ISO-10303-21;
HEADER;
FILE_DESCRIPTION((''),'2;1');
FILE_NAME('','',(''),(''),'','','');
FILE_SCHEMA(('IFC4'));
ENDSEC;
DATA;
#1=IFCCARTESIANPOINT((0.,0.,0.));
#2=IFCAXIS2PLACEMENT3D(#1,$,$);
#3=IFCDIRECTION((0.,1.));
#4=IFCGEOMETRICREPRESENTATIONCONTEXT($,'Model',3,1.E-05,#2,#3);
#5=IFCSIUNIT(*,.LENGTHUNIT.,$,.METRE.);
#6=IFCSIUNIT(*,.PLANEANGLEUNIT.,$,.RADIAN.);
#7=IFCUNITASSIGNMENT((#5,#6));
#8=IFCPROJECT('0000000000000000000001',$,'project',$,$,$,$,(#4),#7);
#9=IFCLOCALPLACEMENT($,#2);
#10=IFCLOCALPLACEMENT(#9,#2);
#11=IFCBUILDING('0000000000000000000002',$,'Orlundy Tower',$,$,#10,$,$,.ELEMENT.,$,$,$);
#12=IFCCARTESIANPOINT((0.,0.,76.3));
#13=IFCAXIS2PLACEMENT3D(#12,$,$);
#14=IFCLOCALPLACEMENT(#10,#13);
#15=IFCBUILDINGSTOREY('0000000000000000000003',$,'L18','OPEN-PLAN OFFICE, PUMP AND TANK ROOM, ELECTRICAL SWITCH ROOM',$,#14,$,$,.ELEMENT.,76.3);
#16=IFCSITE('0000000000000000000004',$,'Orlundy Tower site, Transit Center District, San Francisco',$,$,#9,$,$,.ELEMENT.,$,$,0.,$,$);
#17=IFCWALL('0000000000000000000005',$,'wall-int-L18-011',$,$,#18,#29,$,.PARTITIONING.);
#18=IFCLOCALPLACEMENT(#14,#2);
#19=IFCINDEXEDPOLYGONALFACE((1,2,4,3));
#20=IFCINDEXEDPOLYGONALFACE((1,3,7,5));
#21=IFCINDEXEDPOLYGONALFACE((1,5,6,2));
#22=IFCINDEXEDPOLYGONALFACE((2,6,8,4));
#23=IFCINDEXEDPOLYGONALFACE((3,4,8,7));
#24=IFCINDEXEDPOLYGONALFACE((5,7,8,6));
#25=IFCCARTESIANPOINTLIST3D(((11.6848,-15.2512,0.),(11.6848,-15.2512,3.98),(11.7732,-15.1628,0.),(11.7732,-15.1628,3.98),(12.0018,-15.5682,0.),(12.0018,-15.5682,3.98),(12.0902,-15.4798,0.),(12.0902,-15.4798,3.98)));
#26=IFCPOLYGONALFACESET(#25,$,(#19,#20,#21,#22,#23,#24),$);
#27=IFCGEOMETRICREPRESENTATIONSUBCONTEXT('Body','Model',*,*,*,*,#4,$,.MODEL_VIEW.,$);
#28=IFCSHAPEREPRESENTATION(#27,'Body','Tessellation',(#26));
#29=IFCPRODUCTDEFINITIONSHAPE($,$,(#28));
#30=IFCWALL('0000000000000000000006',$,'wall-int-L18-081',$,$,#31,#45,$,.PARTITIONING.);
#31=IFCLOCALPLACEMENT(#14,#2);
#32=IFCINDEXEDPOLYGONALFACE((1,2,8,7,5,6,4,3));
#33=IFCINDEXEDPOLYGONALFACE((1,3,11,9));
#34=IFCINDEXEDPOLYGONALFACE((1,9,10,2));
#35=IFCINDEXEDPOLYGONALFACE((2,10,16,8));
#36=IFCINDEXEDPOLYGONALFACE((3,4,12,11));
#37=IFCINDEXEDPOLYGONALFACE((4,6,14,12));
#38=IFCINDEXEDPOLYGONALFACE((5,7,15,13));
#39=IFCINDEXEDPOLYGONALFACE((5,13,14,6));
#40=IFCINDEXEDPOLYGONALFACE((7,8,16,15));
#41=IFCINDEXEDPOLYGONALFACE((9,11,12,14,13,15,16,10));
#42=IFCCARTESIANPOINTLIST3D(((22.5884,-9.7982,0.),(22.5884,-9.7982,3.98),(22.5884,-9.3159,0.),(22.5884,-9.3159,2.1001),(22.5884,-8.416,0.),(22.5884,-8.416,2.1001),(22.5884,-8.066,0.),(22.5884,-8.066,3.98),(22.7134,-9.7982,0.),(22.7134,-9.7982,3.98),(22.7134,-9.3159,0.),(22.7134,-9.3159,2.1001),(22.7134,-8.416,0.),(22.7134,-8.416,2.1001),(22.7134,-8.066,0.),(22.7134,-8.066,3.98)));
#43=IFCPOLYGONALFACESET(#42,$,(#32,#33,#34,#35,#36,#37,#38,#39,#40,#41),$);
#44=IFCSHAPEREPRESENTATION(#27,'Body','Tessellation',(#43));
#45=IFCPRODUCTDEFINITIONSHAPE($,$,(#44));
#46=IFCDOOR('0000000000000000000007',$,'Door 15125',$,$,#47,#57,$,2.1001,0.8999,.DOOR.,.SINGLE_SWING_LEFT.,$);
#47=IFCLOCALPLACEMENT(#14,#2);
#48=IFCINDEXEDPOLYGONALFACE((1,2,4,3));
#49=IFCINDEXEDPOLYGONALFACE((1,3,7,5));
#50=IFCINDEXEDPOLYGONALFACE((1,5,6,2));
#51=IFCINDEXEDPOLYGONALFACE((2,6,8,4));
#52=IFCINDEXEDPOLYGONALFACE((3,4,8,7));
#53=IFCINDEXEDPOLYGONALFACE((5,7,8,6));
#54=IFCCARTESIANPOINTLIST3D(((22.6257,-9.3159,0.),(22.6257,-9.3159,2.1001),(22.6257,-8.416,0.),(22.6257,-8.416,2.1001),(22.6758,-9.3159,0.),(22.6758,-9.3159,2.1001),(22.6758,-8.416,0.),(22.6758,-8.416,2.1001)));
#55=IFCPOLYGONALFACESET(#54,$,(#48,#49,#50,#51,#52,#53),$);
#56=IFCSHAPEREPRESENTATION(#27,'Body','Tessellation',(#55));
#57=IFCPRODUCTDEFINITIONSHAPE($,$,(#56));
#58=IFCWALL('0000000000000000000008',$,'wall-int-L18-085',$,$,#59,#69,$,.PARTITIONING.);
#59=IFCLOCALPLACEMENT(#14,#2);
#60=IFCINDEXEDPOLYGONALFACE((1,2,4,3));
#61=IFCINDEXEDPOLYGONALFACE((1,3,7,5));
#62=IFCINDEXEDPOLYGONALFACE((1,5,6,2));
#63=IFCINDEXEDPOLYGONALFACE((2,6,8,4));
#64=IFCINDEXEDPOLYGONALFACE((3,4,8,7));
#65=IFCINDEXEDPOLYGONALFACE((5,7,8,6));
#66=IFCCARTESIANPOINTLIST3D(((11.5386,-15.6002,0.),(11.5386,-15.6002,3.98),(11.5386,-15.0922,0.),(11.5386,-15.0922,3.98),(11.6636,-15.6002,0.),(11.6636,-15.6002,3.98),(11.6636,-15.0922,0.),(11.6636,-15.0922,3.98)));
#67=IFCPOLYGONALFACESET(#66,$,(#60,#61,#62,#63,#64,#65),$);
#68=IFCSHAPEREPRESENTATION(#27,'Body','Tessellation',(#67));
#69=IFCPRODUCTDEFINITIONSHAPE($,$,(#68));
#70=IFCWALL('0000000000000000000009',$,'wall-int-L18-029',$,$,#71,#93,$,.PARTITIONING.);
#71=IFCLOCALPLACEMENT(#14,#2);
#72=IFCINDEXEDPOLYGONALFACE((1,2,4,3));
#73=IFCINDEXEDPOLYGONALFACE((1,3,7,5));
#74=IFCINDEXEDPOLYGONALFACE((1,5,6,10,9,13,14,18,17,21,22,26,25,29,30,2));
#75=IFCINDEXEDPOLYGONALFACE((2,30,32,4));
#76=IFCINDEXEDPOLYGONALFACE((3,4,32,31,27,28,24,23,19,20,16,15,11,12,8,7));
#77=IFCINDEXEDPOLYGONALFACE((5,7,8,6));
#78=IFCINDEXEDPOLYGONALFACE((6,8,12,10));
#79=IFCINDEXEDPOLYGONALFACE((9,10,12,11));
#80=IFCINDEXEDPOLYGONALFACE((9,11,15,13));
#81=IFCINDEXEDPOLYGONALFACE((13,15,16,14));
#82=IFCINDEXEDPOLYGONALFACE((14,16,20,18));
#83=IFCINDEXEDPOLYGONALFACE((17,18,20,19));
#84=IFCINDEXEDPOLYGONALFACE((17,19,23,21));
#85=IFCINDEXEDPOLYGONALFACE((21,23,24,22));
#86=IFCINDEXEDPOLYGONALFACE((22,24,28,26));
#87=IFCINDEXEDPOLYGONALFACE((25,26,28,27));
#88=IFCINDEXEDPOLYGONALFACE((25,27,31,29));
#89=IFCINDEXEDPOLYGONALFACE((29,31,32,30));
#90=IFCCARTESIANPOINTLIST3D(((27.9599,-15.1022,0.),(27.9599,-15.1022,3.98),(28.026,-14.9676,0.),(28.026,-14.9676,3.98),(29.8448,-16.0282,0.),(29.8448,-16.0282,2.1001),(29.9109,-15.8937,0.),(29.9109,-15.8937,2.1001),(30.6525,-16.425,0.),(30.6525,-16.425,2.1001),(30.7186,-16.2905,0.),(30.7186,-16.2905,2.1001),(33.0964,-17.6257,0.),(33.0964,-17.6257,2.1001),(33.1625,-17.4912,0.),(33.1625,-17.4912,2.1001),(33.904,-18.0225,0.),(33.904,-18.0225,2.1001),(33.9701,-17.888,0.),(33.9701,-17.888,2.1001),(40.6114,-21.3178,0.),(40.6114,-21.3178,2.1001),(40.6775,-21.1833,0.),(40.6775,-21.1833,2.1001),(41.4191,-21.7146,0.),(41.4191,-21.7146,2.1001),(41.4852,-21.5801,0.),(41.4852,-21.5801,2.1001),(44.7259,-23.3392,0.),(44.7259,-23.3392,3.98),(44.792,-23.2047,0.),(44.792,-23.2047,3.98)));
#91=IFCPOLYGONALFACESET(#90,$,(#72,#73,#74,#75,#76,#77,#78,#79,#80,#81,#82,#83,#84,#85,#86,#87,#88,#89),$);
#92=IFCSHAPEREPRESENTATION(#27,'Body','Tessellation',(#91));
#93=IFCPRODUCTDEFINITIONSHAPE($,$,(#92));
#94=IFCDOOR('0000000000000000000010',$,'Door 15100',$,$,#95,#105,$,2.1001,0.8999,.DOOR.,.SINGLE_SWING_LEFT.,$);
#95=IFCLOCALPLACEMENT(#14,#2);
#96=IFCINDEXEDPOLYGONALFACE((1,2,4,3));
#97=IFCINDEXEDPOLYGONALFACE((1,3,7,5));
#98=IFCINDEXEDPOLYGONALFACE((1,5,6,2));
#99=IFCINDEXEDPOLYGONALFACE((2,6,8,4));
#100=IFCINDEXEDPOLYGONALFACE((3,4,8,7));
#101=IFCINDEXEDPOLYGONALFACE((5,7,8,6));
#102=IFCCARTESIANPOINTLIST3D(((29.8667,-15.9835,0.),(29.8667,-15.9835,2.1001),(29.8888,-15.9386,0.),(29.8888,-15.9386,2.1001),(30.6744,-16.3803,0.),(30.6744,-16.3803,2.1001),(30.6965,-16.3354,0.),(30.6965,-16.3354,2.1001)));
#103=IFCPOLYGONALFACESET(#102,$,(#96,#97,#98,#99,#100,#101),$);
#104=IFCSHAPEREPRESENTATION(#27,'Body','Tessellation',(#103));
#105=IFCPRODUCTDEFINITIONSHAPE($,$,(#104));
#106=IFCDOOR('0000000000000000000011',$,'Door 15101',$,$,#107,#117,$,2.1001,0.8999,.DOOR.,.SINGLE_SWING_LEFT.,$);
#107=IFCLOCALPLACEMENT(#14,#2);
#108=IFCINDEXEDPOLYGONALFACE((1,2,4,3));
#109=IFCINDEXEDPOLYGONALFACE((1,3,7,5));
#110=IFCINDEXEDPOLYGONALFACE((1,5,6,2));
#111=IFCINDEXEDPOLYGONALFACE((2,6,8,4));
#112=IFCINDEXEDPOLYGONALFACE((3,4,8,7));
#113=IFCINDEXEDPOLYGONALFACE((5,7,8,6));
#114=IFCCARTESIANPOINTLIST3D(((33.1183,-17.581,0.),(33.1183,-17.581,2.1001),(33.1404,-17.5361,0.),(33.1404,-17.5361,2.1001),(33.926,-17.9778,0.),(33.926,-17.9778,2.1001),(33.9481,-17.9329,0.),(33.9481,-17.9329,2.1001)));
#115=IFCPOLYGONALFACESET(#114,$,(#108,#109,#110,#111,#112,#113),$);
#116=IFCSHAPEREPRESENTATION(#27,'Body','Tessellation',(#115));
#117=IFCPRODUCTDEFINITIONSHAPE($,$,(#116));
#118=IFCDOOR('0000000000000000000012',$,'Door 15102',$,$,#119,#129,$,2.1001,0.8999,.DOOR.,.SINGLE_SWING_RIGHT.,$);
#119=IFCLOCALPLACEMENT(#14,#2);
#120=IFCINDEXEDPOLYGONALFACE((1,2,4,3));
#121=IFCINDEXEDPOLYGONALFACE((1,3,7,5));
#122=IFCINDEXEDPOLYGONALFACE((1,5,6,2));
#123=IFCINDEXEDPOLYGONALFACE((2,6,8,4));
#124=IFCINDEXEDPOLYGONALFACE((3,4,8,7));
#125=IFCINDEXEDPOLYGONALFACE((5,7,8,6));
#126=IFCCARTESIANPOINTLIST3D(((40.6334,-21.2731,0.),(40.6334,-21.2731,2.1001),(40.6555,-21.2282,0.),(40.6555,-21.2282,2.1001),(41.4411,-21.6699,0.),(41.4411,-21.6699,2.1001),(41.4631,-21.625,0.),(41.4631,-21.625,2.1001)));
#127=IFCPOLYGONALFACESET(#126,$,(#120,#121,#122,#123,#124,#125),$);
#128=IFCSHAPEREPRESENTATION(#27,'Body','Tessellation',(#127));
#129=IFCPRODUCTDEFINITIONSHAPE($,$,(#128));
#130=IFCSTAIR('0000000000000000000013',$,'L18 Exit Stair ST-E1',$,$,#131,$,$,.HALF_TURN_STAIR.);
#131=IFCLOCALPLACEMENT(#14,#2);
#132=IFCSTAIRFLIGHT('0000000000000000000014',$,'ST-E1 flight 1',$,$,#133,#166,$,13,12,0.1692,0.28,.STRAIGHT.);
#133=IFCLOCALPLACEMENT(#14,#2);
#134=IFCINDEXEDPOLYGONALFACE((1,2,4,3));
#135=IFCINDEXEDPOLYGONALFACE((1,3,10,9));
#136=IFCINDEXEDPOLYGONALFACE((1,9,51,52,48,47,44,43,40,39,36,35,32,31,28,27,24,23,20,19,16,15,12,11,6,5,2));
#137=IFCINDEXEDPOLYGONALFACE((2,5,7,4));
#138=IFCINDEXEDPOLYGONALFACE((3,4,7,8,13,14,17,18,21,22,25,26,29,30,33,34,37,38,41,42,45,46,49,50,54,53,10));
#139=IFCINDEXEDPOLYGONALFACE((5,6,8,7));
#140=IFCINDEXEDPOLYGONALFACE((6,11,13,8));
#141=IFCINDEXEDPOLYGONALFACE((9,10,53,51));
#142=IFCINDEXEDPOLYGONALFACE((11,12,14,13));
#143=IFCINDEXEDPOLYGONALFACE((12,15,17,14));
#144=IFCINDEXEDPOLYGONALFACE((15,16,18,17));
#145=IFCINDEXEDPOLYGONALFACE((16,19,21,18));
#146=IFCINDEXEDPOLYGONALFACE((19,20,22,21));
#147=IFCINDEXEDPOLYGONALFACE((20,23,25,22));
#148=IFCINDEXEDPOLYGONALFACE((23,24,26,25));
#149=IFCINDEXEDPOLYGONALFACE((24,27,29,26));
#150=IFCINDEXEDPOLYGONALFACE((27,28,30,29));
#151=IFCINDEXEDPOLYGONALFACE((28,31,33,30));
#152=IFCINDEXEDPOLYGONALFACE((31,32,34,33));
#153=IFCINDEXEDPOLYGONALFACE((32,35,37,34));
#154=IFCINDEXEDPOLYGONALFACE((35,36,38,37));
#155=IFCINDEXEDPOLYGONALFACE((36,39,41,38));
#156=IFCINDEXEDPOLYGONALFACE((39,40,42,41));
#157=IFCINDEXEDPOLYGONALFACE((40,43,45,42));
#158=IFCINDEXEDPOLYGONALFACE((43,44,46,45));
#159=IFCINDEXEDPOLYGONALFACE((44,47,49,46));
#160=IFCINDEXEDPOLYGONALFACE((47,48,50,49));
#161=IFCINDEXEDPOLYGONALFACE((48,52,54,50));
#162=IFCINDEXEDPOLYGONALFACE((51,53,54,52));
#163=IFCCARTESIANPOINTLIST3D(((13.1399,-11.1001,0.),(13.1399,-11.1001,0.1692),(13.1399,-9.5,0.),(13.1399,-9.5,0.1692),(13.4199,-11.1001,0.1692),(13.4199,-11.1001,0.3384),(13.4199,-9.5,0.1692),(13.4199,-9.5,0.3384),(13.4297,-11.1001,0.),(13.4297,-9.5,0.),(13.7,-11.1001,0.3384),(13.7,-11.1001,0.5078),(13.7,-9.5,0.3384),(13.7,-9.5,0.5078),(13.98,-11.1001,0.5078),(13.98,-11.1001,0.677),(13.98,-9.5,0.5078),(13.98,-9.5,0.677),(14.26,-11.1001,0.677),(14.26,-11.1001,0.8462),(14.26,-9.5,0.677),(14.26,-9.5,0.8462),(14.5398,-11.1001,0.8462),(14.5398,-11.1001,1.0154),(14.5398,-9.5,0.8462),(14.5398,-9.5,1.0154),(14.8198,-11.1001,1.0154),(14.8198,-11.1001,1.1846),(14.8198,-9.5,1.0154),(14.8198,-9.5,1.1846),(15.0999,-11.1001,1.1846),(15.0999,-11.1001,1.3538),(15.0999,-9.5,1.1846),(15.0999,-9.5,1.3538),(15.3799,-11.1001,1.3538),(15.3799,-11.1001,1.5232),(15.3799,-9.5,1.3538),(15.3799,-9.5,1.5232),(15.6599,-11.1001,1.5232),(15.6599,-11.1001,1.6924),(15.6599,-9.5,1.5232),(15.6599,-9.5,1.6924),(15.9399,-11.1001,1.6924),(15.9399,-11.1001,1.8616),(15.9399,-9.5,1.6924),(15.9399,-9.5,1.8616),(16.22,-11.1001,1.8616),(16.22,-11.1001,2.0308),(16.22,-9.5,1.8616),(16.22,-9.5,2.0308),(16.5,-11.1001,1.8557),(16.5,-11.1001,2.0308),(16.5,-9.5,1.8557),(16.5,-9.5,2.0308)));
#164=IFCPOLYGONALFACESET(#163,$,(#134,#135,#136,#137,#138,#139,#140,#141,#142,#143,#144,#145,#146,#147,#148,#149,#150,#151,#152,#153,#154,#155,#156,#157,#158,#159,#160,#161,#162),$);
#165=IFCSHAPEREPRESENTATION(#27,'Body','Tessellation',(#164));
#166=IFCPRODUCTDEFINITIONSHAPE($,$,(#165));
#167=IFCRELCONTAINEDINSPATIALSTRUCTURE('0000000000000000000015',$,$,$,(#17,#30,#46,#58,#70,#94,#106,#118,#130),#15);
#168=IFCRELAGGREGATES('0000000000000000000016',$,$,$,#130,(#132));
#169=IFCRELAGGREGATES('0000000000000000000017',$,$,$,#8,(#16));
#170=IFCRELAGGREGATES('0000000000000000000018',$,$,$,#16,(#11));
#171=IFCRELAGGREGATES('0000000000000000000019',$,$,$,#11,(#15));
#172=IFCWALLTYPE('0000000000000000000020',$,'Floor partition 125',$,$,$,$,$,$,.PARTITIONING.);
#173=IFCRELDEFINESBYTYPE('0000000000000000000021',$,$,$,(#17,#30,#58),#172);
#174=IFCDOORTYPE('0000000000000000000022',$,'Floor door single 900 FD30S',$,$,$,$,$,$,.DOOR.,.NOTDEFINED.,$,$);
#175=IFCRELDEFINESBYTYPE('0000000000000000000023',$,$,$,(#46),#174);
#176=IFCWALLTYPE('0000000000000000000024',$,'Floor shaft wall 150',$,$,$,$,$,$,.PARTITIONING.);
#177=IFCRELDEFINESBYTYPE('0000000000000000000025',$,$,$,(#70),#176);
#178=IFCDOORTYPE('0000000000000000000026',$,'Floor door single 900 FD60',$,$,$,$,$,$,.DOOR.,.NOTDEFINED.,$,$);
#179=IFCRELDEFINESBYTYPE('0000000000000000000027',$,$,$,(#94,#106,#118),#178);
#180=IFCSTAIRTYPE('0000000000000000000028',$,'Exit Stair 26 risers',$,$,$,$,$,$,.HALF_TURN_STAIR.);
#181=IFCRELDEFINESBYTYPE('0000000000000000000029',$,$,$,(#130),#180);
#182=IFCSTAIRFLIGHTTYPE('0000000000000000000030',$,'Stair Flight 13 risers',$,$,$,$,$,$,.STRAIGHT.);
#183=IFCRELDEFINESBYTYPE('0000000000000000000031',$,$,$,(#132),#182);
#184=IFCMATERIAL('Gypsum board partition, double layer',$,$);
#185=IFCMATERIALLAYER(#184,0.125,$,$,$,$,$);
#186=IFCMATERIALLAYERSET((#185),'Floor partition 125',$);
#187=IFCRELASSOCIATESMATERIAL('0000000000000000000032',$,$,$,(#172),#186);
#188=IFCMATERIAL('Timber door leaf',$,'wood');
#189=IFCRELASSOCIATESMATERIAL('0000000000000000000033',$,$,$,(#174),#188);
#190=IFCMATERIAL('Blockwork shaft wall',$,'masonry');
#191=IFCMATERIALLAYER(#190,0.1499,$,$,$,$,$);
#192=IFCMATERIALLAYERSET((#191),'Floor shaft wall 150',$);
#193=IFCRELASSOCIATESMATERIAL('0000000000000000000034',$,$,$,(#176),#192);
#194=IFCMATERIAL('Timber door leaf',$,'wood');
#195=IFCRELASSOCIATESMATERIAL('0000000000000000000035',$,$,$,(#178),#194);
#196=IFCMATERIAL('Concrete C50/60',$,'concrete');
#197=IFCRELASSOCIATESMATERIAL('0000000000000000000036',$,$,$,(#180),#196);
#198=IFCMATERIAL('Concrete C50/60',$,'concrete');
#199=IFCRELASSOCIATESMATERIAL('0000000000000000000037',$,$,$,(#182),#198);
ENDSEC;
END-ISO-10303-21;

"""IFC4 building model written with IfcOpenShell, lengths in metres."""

from ifc_helpers import new_model, si_unit, direction, frame, frame_2d, origin, place, context, subcontext, project, spatial, polyline, rectangle, outline, extrude, material, layer, layer_set, type_object, element, fill, aggregate, save


model = new_model("IFC4")

# Units and contexts
model_context = context("Model", 3, precision=1e-05, world=origin(), true_north=direction((0.0, 1.0)))
body_context = subcontext(model_context, "Body", "Model", "MODEL_VIEW")
ifc_project = project(units=[si_unit("LENGTHUNIT", "METRE"), si_unit("PLANEANGLEUNIT", "RADIAN")], contexts=[model_context])

# Site, building, storey
site_placement = place(None, origin())
site = spatial("IfcSite", under=ifc_project, at=site_placement, Name="Orlundy Tower site, Transit Center District, San Francisco", CompositionType="ELEMENT", RefElevation=0.0)
building_placement = place(site_placement, origin())
building = spatial("IfcBuilding", under=site, at=building_placement, Name="Orlundy Tower", CompositionType="ELEMENT")
storey_placement = place(building_placement, frame((0.0, 0.0, 76.3)))
storey = spatial("IfcBuildingStorey", under=building, at=storey_placement, Name="L18", Description="OPEN-PLAN OFFICE, PUMP AND TANK ROOM, ELECTRICAL SWITCH ROOM", CompositionType="ELEMENT", Elevation=76.3)

# Wall
ifc_material_1 = material(Name="Gypsum board partition, double layer")
ifc_layer_1 = layer(ifc_material_1, 0.125)
ifc_layer_set_1 = layer_set([ifc_layer_1], Name="Floor partition 125")
wall_type_1 = type_object("IfcWallType", Name="Floor partition 125", PredefinedType="PARTITIONING", material=ifc_layer_set_1)
wall_1_placement = place(storey_placement, frame((11.729, -15.207, 0.0), z_axis=(0.0, 0.0, 1.0), x_axis=(0.707107, -0.707107, 0.0)))
element("IfcWall", 1, at=wall_1_placement, inside=storey, type_object=wall_type_1, Name="wall-int-L18-011", PredefinedType="PARTITIONING", context=body_context, shape_type="SweptSolid", body=[
    extrude(rectangle(XDim=0.4482, YDim=0.125, at=frame_2d((0.2241, 0.0))), origin(), (0.0, 0.0, 1.0), 3.98),
])

# Wall, opening, door
wall_2_placement = place(storey_placement, frame((22.6509, -8.0659, 0.0), z_axis=(0.0, 0.0, 1.0), x_axis=(0.0, -1.0, 0.0)))
wall_2 = element("IfcWall", 2, at=wall_2_placement, inside=storey, type_object=wall_type_1, Name="wall-int-L18-081", PredefinedType="PARTITIONING", context=body_context, shape_type="SweptSolid", body=[
    extrude(rectangle(XDim=1.7322, YDim=0.125, at=frame_2d((0.8662, 0.0))), origin(), (0.0, 0.0, 1.0), 3.98),
])
opening_1_placement = place(wall_2_placement, frame((0.3501, 0.0, 0.0)))
opening_1 = element("IfcOpeningElement", 3, at=opening_1_placement, cuts=wall_2, PredefinedType="OPENING", context=body_context, shape_type="SweptSolid", body=[
    extrude(rectangle(XDim=0.8999, YDim=2.1001, at=frame_2d((0.45, 1.05))), frame((0.0, 0.0725, 0.0), z_axis=(0.0, -1.0, 0.0), x_axis=(1.0, 0.0, 0.0)), (0.0, 0.0, 1.0), 0.145),
])
ifc_material_2 = material(Name="Timber door leaf", Category="wood")
door_type_1 = type_object("IfcDoorType", Name="Floor door single 900 FD30S", OperationType="NOTDEFINED", PredefinedType="DOOR", material=ifc_material_2)
door_1_placement = place(opening_1_placement, origin())
door_1 = element("IfcDoor", 4, at=door_1_placement, inside=storey, type_object=door_type_1, Name="Door 15125", OperationType="SINGLE_SWING_LEFT", OverallHeight=2.1001, OverallWidth=0.8999, PredefinedType="DOOR", context=body_context, shape_type="SweptSolid", body=[
    extrude(rectangle(XDim=0.8999, YDim=2.1001, at=frame_2d((0.45, 1.05))), frame((0.0, 0.0249, 0.0), z_axis=(0.0, -1.0, 0.0), x_axis=(1.0, 0.0, 0.0)), (0.0, 0.0, 1.0), 0.05),
])
fill(opening_1, door_1)

# Wall
wall_3_placement = place(storey_placement, frame((11.6011, -15.6001, 0.0), z_axis=(0.0, 0.0, 1.0), x_axis=(0.0, 1.0, 0.0)))
element("IfcWall", 5, at=wall_3_placement, inside=storey, type_object=wall_type_1, Name="wall-int-L18-085", PredefinedType="PARTITIONING", context=body_context, shape_type="SweptSolid", body=[
    extrude(rectangle(XDim=0.5081, YDim=0.125, at=frame_2d((0.2539, 0.0))), origin(), (0.0, 0.0, 1.0), 3.98),
])

# Wall, openings, doors
ifc_material_3 = material(Name="Blockwork shaft wall", Category="masonry")
ifc_layer_2 = layer(ifc_material_3, 0.1499)
ifc_layer_set_2 = layer_set([ifc_layer_2], Name="Floor shaft wall 150")
wall_type_2 = type_object("IfcWallType", Name="Floor shaft wall 150", PredefinedType="PARTITIONING", material=ifc_layer_set_2)
wall_4_placement = place(storey_placement, frame((27.9929, -15.0349, 0.0), z_axis=(0.0, 0.0, 1.0), x_axis=(0.897532, -0.44095, 0.0)))
wall_4 = element("IfcWall", 6, at=wall_4_placement, inside=storey, type_object=wall_type_2, Name="wall-int-L18-029", PredefinedType="PARTITIONING", context=body_context, shape_type="SweptSolid", body=[
    extrude(rectangle(XDim=18.6802, YDim=0.1499, at=frame_2d((9.3401, 0.0))), origin(), (0.0, 0.0, 1.0), 3.98),
])
opening_2_placement = place(wall_4_placement, frame((2.1001, 0.0, 0.0)))
opening_2 = element("IfcOpeningElement", 7, at=opening_2_placement, cuts=wall_4, PredefinedType="OPENING", context=body_context, shape_type="SweptSolid", body=[
    extrude(rectangle(XDim=0.8999, YDim=2.1001, at=frame_2d((0.45, 1.05))), frame((0.0, 0.085, 0.0), z_axis=(0.0, -1.0, 0.0), x_axis=(1.0, 0.0, 0.0)), (0.0, 0.0, 1.0), 0.1699),
])
opening_3_placement = place(wall_4_placement, frame((5.7229, 0.0, 0.0)))
opening_3 = element("IfcOpeningElement", 8, at=opening_3_placement, cuts=wall_4, PredefinedType="OPENING", context=body_context, shape_type="SweptSolid", body=[
    extrude(rectangle(XDim=0.8999, YDim=2.1001, at=frame_2d((0.45, 1.05))), frame((0.0, 0.085, 0.0), z_axis=(0.0, -1.0, 0.0), x_axis=(1.0, 0.0, 0.0)), (0.0, 0.0, 1.0), 0.1699),
])
opening_4_placement = place(wall_4_placement, frame((14.0959, 0.0, 0.0)))
opening_4 = element("IfcOpeningElement", 9, at=opening_4_placement, cuts=wall_4, PredefinedType="OPENING", context=body_context, shape_type="SweptSolid", body=[
    extrude(rectangle(XDim=0.8999, YDim=2.1001, at=frame_2d((0.45, 1.05))), frame((0.0, 0.085, 0.0), z_axis=(0.0, -1.0, 0.0), x_axis=(1.0, 0.0, 0.0)), (0.0, 0.0, 1.0), 0.1699),
])
ifc_material_4 = material(Name="Timber door leaf", Category="wood")
door_type_2 = type_object("IfcDoorType", Name="Floor door single 900 FD60", OperationType="NOTDEFINED", PredefinedType="DOOR", material=ifc_material_4)
door_2_placement = place(opening_2_placement, origin())
door_2 = element("IfcDoor", 10, at=door_2_placement, inside=storey, type_object=door_type_2, Name="Door 15100", OperationType="SINGLE_SWING_LEFT", OverallHeight=2.1001, OverallWidth=0.8999, PredefinedType="DOOR", context=body_context, shape_type="SweptSolid", body=[
    extrude(rectangle(XDim=0.8999, YDim=2.1001, at=frame_2d((0.45, 1.05))), frame((0.0, 0.0249, 0.0), z_axis=(0.0, -1.0, 0.0), x_axis=(1.0, 0.0, 0.0)), (0.0, 0.0, 1.0), 0.05),
])
fill(opening_2, door_2)
door_3_placement = place(opening_3_placement, origin())
door_3 = element("IfcDoor", 11, at=door_3_placement, inside=storey, type_object=door_type_2, Name="Door 15101", OperationType="SINGLE_SWING_LEFT", OverallHeight=2.1001, OverallWidth=0.8999, PredefinedType="DOOR", context=body_context, shape_type="SweptSolid", body=[
    extrude(rectangle(XDim=0.8999, YDim=2.1001, at=frame_2d((0.45, 1.05))), frame((0.0, 0.0249, 0.0), z_axis=(0.0, -1.0, 0.0), x_axis=(1.0, 0.0, 0.0)), (0.0, 0.0, 1.0), 0.05),
])
fill(opening_3, door_3)
door_4_placement = place(opening_4_placement, origin())
door_4 = element("IfcDoor", 12, at=door_4_placement, inside=storey, type_object=door_type_2, Name="Door 15102", OperationType="SINGLE_SWING_RIGHT", OverallHeight=2.1001, OverallWidth=0.8999, PredefinedType="DOOR", context=body_context, shape_type="SweptSolid", body=[
    extrude(rectangle(XDim=0.8999, YDim=2.1001, at=frame_2d((0.45, 1.05))), frame((0.0, 0.0249, 0.0), z_axis=(0.0, -1.0, 0.0), x_axis=(1.0, 0.0, 0.0)), (0.0, 0.0, 1.0), 0.05),
])
fill(opening_4, door_4)

# Stair, stair flight
ifc_material_5 = material(Name="Concrete C50/60", Category="concrete")
stair_type = type_object("IfcStairType", Name="Exit Stair 26 risers", PredefinedType="HALF_TURN_STAIR", material=ifc_material_5)
stair_placement = place(storey_placement, origin())
stair = element("IfcStair", 13, at=stair_placement, inside=storey, type_object=stair_type, Name="L18 Exit Stair ST-E1", PredefinedType="HALF_TURN_STAIR")
ifc_material_6 = material(Name="Concrete C50/60", Category="concrete")
stair_flight_type = type_object("IfcStairFlightType", Name="Stair Flight 13 risers", PredefinedType="STRAIGHT", material=ifc_material_6)
stair_flight_placement = place(storey_placement, frame((13.1399, -10.3, 0.0), z_axis=(0.0, 0.0, 1.0), x_axis=(1.0, 0.0, 0.0)))
stair_flight = element("IfcStairFlight", 14, at=stair_flight_placement, type_object=stair_flight_type, Name="ST-E1 flight 1", NumberOfRisers=13, NumberOfTreads=12, PredefinedType="STRAIGHT", RiserHeight=0.1692, TreadLength=0.28, context=body_context, shape_type="SweptSolid", body=[
    extrude(outline(polyline([(0.0, 0.0), (0.0, 0.1692), (0.28, 0.1692), (0.28, 0.3384), (0.5601, 0.3384), (0.5601, 0.5078), (0.8401, 0.5078), (0.8401, 0.677), (1.1201, 0.677), (1.1201, 0.8462), (1.3999, 0.8462), (1.3999, 1.0154), (1.6799, 1.0154), (1.6799, 1.1846), (1.96, 1.1846), (1.96, 1.3538), (2.24, 1.3538), (2.24, 1.5232), (2.52, 1.5232), (2.52, 1.6924), (2.8, 1.6924), (2.8, 1.8616), (3.0801, 1.8616), (3.0801, 2.0308), (3.3601, 2.0308), (3.3601, 2.2), (3.3601, 1.8557), (0.2898, 0.0), (0.0, 0.0)])), frame((0.0, 0.8, 0.0), z_axis=(0.0, -1.0, 0.0), x_axis=(1.0, 0.0, 0.0)), (0.0, 0.0, 1.0), 1.6001),
])
aggregate(stair, [stair_flight])

save(model, "model.ifc")
